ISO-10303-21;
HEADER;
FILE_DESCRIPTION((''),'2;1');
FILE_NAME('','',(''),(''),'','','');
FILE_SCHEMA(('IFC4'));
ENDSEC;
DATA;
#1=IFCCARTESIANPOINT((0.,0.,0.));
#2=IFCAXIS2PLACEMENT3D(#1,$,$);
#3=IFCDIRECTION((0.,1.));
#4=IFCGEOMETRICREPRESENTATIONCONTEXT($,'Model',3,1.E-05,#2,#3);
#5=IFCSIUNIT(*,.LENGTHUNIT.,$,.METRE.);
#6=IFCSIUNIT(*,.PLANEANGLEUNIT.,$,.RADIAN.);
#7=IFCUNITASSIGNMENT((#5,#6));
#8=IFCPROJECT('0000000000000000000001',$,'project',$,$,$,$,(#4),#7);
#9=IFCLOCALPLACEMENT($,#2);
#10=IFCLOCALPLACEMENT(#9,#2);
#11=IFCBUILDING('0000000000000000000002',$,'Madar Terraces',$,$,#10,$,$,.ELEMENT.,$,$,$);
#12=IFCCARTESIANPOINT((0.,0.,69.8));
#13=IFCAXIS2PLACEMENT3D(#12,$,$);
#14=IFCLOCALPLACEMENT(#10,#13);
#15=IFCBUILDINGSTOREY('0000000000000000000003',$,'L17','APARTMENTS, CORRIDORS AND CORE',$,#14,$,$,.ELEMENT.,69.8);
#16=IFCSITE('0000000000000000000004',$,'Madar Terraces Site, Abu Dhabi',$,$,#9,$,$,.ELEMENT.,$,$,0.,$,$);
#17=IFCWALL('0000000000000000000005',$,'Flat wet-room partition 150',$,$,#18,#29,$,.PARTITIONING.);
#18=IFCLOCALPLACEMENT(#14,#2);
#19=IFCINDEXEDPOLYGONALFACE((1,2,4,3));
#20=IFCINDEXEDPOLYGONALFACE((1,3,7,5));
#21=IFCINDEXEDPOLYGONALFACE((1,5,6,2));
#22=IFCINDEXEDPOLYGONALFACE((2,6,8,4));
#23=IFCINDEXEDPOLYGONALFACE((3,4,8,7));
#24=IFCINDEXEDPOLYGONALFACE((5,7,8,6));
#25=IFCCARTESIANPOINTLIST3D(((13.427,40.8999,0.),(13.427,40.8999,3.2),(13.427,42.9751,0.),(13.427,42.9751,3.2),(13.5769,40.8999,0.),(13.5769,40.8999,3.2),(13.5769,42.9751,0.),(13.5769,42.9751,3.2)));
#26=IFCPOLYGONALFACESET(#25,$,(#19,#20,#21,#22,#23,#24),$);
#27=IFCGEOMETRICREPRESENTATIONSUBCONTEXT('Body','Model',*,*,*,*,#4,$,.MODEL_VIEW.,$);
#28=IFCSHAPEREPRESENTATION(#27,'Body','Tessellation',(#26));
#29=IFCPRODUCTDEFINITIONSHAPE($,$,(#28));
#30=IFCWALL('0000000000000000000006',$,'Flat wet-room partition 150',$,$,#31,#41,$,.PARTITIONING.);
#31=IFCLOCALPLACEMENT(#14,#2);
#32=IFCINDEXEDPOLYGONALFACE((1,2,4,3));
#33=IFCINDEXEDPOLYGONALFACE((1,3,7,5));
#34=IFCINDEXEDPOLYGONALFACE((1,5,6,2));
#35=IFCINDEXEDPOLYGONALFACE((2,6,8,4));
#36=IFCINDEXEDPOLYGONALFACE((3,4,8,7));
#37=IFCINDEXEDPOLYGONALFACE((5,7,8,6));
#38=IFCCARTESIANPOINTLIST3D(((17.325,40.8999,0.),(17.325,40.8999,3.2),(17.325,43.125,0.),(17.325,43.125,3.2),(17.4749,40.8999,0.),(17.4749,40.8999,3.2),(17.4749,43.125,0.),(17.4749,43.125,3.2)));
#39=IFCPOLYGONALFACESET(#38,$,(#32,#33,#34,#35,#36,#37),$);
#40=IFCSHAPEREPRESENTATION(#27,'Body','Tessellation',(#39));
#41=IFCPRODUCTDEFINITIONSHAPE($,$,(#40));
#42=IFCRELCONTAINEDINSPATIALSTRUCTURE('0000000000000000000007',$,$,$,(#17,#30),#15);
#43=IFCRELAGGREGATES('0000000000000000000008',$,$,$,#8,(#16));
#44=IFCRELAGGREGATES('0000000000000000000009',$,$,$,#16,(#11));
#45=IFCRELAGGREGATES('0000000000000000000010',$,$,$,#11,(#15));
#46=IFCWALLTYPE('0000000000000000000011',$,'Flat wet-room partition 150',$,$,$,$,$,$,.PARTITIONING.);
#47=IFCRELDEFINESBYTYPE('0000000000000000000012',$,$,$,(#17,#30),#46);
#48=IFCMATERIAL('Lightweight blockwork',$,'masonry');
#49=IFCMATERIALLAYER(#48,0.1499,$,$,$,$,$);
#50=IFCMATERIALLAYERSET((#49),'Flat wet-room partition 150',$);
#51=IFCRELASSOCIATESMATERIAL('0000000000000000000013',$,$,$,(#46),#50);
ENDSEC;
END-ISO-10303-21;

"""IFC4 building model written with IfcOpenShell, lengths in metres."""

from ifc_helpers import new_model, si_unit, direction, frame, frame_2d, origin, place, context, subcontext, project, spatial, rectangle, extrude, material, layer, layer_set, type_object, element, save


model = new_model("IFC4")

# Units and contexts
model_context = context("Model", 3, precision=1e-05, world=origin(), true_north=direction((0.0, 1.0)))
body_context = subcontext(model_context, "Body", "Model", "MODEL_VIEW")
ifc_project = project(units=[si_unit("LENGTHUNIT", "METRE"), si_unit("PLANEANGLEUNIT", "RADIAN")], contexts=[model_context])

# Site, building, storey
site_placement = place(None, origin())
site = spatial("IfcSite", under=ifc_project, at=site_placement, Name="Madar Terraces Site, Abu Dhabi", CompositionType="ELEMENT", RefElevation=0.0)
building_placement = place(site_placement, origin())
building = spatial("IfcBuilding", under=site, at=building_placement, Name="Madar Terraces", CompositionType="ELEMENT")
storey_placement = place(building_placement, frame((0.0, 0.0, 69.8)))
storey = spatial("IfcBuildingStorey", under=building, at=storey_placement, Name="L17", Description="APARTMENTS, CORRIDORS AND CORE", CompositionType="ELEMENT", Elevation=69.8)

# Walls
ifc_material_1 = material(Name="Lightweight blockwork", Category="masonry")
ifc_layer_1 = layer(ifc_material_1, 0.1499)
ifc_layer_set_1 = layer_set([ifc_layer_1], Name="Flat wet-room partition 150")
wall_type_1 = type_object("IfcWallType", Name="Flat wet-room partition 150", PredefinedType="PARTITIONING", material=ifc_layer_set_1)
wall_1_placement = place(storey_placement, frame((13.502, 40.8999, 0.0), z_axis=(0.0, 0.0, 1.0), x_axis=(0.0, 1.0, 0.0)))
element("IfcWall", 1, at=wall_1_placement, inside=storey, type_object=wall_type_1, Name="Flat wet-room partition 150", PredefinedType="PARTITIONING", context=body_context, shape_type="SweptSolid", body=[
    extrude(rectangle(XDim=2.0752, YDim=0.1499, at=frame_2d((1.0376, 0.0))), origin(), (0.0, 0.0, 1.0), 3.2),
])
wall_2_placement = place(storey_placement, frame((17.3999, 40.8999, 0.0), z_axis=(0.0, 0.0, 1.0), x_axis=(0.0, 1.0, 0.0)))
element("IfcWall", 2, at=wall_2_placement, inside=storey, type_object=wall_type_1, Name="Flat wet-room partition 150", PredefinedType="PARTITIONING", context=body_context, shape_type="SweptSolid", body=[
    extrude(rectangle(XDim=2.2251, YDim=0.1499, at=frame_2d((1.1125, 0.0))), origin(), (0.0, 0.0, 1.0), 3.2),
])

save(model, "model.ifc")
